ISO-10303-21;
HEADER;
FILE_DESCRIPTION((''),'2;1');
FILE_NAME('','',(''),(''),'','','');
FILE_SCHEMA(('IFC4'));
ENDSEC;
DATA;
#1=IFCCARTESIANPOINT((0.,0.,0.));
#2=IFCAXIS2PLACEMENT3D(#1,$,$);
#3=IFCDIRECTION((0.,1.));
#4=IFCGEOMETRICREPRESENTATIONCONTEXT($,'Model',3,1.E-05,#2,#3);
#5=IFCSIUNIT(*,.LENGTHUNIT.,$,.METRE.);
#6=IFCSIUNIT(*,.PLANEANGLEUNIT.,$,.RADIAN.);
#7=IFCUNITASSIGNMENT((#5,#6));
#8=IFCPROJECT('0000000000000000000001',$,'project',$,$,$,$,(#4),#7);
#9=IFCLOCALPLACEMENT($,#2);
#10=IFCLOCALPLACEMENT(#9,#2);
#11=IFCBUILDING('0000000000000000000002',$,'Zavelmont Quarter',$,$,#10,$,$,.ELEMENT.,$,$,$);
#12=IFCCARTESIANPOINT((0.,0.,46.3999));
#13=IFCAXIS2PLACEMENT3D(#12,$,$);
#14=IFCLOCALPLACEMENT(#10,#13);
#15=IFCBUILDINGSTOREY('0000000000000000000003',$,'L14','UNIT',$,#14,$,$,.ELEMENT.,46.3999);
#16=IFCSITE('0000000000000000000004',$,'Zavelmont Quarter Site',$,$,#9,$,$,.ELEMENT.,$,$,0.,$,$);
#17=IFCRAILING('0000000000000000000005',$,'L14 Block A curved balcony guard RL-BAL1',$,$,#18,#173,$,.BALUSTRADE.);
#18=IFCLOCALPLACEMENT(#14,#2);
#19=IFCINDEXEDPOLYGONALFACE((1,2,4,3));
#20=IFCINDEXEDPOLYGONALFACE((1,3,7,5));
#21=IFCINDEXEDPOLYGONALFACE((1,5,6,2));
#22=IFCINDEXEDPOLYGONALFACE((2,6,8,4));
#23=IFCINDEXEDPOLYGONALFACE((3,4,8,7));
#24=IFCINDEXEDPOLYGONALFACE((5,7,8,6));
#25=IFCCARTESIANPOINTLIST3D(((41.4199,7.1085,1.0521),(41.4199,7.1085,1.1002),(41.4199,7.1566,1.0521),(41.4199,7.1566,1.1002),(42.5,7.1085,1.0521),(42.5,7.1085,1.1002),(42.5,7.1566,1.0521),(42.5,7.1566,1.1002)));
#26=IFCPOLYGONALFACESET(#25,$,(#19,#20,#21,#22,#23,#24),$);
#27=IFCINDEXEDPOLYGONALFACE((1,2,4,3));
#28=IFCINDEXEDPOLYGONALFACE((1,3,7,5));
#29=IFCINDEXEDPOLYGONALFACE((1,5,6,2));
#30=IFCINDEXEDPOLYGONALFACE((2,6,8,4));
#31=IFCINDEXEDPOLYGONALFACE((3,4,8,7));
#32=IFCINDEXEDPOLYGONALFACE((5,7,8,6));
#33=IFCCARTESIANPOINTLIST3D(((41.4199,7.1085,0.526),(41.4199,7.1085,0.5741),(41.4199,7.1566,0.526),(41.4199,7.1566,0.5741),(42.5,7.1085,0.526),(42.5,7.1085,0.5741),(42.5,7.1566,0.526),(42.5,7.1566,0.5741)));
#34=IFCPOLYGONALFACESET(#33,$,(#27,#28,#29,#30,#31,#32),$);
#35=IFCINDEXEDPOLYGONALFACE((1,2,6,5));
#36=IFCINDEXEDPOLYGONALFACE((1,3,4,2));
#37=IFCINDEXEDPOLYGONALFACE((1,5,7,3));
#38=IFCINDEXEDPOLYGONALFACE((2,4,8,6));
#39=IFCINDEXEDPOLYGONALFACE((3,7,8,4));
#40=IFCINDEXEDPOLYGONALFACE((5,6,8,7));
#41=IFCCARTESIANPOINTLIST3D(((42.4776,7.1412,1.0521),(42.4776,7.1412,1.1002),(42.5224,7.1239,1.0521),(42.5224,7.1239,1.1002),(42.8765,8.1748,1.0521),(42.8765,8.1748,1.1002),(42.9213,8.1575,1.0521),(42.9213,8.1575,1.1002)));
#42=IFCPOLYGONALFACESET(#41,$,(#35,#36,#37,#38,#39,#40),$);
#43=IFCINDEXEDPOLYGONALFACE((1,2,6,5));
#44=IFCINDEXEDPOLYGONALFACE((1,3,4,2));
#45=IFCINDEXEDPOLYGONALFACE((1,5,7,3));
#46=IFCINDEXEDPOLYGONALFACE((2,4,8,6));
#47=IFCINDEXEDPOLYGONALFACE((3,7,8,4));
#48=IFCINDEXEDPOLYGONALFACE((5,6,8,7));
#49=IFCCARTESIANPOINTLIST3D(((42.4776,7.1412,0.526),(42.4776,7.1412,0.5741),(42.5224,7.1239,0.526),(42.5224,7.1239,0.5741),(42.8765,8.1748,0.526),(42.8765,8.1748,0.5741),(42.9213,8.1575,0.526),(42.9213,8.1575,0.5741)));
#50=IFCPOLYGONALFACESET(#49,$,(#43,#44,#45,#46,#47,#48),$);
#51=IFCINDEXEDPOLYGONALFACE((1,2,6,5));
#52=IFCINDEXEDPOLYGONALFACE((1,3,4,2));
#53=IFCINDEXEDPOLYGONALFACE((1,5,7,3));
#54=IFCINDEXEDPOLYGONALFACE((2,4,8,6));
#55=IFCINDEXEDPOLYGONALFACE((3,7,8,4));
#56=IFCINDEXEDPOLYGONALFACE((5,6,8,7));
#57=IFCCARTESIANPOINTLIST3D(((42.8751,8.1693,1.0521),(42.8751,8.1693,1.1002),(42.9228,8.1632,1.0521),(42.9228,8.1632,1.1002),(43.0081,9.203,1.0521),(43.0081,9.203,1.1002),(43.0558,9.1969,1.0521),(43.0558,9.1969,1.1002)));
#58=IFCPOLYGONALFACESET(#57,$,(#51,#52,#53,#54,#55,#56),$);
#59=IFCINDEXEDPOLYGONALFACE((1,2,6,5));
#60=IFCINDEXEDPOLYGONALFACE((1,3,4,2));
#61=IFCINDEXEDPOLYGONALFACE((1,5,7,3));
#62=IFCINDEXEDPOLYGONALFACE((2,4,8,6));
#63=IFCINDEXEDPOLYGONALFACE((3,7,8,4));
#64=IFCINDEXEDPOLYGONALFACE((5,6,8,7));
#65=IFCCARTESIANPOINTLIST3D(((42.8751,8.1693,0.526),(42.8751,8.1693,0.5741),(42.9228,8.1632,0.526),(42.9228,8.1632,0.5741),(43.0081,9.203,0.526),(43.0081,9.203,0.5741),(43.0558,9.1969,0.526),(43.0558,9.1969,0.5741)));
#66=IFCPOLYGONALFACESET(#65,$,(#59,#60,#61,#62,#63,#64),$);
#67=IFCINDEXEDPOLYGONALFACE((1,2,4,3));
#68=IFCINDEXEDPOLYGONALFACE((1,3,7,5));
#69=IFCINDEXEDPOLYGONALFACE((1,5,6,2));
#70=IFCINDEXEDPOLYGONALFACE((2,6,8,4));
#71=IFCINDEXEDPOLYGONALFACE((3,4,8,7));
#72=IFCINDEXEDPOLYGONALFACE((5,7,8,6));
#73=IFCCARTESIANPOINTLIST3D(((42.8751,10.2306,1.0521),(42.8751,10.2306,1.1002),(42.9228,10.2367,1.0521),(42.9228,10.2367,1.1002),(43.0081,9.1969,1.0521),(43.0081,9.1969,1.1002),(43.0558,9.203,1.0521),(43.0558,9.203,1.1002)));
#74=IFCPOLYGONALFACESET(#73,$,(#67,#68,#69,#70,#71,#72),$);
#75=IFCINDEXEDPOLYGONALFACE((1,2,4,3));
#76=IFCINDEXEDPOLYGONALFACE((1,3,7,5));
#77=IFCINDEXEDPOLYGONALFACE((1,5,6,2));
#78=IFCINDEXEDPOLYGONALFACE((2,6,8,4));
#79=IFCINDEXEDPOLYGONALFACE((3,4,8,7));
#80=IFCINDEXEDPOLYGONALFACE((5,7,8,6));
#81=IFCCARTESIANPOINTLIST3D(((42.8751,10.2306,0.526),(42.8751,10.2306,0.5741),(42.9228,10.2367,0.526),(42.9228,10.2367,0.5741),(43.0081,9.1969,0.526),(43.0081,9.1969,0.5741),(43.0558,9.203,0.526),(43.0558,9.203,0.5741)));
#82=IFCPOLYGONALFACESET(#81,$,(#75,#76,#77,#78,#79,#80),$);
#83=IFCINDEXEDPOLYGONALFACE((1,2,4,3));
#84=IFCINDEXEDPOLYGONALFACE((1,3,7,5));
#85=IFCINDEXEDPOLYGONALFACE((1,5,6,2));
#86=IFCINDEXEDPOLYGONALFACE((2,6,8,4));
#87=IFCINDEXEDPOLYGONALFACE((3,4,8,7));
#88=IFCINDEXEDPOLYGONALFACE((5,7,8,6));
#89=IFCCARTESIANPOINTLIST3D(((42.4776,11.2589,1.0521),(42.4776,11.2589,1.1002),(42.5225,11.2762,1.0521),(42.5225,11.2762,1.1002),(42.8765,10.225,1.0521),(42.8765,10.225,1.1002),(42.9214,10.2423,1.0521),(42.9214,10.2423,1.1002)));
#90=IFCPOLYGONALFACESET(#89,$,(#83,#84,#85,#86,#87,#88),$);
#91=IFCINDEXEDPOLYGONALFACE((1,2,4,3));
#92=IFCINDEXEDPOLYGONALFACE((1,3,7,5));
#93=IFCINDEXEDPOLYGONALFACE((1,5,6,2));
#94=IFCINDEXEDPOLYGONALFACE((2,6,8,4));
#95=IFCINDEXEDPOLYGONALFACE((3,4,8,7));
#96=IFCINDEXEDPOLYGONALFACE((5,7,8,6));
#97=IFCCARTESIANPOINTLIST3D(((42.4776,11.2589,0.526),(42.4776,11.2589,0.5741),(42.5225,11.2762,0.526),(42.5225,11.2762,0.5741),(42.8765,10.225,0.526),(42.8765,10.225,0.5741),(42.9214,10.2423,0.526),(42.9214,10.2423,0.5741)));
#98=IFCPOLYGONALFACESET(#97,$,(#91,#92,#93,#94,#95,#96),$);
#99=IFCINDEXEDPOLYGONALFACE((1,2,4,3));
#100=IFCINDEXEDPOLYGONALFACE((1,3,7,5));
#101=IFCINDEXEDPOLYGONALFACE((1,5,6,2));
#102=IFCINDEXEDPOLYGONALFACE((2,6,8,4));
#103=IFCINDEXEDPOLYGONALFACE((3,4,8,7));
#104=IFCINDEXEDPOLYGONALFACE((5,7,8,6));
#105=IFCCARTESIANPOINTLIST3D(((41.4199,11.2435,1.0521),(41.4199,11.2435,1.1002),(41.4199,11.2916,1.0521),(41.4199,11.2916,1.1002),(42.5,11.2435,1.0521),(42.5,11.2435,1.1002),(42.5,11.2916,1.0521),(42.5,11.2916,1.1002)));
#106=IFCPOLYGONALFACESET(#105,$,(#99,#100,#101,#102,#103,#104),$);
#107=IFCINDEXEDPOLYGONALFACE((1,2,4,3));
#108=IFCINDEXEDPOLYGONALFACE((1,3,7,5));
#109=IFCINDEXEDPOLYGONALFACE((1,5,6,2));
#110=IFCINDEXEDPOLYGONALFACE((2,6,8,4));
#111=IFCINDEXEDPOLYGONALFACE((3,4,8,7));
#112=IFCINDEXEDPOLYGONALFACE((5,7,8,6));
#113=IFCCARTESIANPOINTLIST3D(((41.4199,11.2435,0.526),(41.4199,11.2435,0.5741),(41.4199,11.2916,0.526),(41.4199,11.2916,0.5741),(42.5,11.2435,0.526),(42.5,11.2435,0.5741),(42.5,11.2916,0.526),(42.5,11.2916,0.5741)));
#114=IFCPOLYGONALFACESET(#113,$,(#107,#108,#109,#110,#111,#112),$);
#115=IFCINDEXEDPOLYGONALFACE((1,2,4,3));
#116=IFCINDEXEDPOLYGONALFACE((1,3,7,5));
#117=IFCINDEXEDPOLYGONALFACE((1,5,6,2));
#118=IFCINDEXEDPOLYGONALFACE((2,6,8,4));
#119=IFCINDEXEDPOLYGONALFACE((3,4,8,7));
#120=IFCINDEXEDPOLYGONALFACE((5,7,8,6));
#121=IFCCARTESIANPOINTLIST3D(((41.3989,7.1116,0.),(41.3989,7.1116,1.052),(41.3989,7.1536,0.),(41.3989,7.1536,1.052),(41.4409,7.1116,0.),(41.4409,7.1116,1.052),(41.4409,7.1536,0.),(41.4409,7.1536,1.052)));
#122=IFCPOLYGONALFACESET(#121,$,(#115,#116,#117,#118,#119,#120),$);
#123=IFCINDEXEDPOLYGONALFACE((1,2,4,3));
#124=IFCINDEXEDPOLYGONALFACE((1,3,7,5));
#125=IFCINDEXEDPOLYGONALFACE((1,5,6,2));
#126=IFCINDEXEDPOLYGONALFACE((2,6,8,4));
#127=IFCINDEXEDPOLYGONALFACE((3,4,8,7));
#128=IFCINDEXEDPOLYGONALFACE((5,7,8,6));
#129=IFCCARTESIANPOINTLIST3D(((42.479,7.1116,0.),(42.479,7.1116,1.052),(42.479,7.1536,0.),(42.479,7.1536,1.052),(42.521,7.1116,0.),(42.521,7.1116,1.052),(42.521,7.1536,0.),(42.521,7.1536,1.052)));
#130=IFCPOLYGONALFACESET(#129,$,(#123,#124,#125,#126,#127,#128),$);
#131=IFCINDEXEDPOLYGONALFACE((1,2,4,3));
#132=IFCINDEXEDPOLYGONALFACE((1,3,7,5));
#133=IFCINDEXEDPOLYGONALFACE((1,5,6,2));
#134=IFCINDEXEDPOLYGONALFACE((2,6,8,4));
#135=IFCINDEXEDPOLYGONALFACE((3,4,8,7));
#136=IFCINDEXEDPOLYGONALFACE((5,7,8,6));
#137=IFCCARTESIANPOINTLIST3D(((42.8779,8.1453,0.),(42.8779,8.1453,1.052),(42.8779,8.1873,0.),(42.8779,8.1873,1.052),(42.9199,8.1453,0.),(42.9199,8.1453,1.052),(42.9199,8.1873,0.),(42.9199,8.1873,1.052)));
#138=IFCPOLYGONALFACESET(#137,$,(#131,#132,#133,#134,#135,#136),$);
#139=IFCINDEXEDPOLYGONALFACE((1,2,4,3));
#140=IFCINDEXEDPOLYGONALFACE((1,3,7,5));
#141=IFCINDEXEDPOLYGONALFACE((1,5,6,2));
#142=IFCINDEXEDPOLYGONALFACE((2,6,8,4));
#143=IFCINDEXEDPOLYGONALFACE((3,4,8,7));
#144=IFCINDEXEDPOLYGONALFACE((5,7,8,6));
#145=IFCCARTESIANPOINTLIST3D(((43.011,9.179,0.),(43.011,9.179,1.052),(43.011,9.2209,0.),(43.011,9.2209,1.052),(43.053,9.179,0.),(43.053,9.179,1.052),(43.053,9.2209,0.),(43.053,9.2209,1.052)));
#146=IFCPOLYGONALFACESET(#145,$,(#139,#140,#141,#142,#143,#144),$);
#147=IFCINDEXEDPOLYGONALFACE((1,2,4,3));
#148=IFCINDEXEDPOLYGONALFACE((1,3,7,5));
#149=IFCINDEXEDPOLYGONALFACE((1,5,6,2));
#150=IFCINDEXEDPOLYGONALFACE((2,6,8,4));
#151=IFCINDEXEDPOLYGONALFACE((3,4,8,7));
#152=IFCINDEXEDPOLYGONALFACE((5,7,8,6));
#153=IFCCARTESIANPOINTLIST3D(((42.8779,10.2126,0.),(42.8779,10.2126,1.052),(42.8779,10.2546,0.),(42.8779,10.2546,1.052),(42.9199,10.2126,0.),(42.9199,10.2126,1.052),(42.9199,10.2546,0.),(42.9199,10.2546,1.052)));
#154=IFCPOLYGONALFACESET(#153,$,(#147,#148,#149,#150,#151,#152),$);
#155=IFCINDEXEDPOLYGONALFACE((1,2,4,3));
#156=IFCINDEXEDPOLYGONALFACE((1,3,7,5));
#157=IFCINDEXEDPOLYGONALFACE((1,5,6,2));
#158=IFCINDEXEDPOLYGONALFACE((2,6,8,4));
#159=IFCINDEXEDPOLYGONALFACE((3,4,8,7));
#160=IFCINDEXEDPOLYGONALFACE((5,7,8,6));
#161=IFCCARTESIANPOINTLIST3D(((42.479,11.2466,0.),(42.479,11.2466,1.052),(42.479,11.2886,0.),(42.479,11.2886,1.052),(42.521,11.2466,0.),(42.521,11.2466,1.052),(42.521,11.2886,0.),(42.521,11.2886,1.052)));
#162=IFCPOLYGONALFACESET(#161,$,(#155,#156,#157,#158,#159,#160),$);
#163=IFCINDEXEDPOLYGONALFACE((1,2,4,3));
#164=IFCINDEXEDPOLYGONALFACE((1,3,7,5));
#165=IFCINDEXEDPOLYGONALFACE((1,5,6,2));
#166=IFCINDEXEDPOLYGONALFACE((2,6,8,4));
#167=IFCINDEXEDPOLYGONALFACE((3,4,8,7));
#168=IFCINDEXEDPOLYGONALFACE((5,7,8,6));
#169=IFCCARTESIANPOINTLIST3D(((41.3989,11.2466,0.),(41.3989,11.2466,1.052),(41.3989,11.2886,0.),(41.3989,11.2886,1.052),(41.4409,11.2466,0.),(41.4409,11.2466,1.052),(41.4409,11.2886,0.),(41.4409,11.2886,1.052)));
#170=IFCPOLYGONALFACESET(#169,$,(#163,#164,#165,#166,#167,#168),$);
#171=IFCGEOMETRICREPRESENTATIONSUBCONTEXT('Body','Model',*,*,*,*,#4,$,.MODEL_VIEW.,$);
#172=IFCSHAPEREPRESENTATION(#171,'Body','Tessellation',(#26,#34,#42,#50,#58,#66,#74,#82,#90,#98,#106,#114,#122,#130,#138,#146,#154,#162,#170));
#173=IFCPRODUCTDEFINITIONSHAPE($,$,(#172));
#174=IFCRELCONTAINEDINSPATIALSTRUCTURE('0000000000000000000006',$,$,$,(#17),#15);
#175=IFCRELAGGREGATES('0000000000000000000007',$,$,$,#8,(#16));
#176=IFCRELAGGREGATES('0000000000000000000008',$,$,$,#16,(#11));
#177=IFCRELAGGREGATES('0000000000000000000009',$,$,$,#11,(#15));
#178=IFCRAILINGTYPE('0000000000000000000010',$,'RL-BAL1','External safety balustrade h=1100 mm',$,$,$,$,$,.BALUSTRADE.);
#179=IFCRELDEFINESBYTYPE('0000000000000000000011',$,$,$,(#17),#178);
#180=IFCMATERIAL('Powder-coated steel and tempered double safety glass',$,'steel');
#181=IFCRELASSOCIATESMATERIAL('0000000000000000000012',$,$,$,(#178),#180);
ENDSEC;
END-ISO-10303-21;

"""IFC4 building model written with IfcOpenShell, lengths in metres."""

from ifc_helpers import new_model, si_unit, direction, frame, origin, origin_2d, place, context, subcontext, project, spatial, rectangle, extrude, material, type_object, element, save


model = new_model("IFC4")

# Units and contexts
model_context = context("Model", 3, precision=1e-05, world=origin(), true_north=direction((0.0, 1.0)))
body_context = subcontext(model_context, "Body", "Model", "MODEL_VIEW")
ifc_project = project(units=[si_unit("LENGTHUNIT", "METRE"), si_unit("PLANEANGLEUNIT", "RADIAN")], contexts=[model_context])

# Site, building, storey
site_placement = place(None, origin())
site = spatial("IfcSite", under=ifc_project, at=site_placement, Name="Zavelmont Quarter Site", CompositionType="ELEMENT", RefElevation=0.0)
building_placement = place(site_placement, origin())
building = spatial("IfcBuilding", under=site, at=building_placement, Name="Zavelmont Quarter", CompositionType="ELEMENT")
storey_placement = place(building_placement, frame((0.0, 0.0, 46.3999)))
storey = spatial("IfcBuildingStorey", under=building, at=storey_placement, Name="L14", Description="UNIT", CompositionType="ELEMENT", Elevation=46.3999)

# Railing
ifc_material_1 = material(Name="Powder-coated steel and tempered double safety glass", Category="steel")
railing_type = type_object("IfcRailingType", Name="RL-BAL1", Description="External safety balustrade h=1100 mm", PredefinedType="BALUSTRADE", material=ifc_material_1)
railing_placement = place(storey_placement, frame((41.4199, 7.1326, 0.0)))
element("IfcRailing", 1, at=railing_placement, inside=storey, type_object=railing_type, Name="L14 Block A curved balcony guard RL-BAL1", PredefinedType="BALUSTRADE", context=body_context, shape_type="SweptSolid", body=[
    extrude(rectangle(XDim=0.0481, YDim=0.0481, at=origin_2d()), frame((0.0, 0.0, 1.0762), z_axis=(1.0, 0.0, 0.0), x_axis=(0.0, 1.0, 0.0)), (0.0, 0.0, 1.0), 1.0801),
    extrude(rectangle(XDim=0.0481, YDim=0.0481, at=origin_2d()), frame((0.0, 0.0, 0.55), z_axis=(1.0, 0.0, 0.0), x_axis=(0.0, 1.0, 0.0)), (0.0, 0.0, 1.0), 1.0801),
    extrude(rectangle(XDim=0.0481, YDim=0.0481, at=origin_2d()), frame((1.0801, 0.0, 1.0762), z_axis=(0.360042, 0.932936, 0.0), x_axis=(-0.932936, 0.360042, 0.0)), (0.0, 0.0, 1.0), 1.1079),
    extrude(rectangle(XDim=0.0481, YDim=0.0481, at=origin_2d()), frame((1.0801, 0.0, 0.55), z_axis=(0.360042, 0.932936, 0.0), x_axis=(-0.932936, 0.360042, 0.0)), (0.0, 0.0, 1.0), 1.1079),
    extrude(rectangle(XDim=0.0481, YDim=0.0481, at=origin_2d()), frame((1.479, 1.0337, 1.0762), z_axis=(0.127667, 0.991817, 0.0), x_axis=(-0.991817, 0.127667, 0.0)), (0.0, 0.0, 1.0), 1.0422),
    extrude(rectangle(XDim=0.0481, YDim=0.0481, at=origin_2d()), frame((1.479, 1.0337, 0.55), z_axis=(0.127667, 0.991817, 0.0), x_axis=(-0.991817, 0.127667, 0.0)), (0.0, 0.0, 1.0), 1.0422),
    extrude(rectangle(XDim=0.0481, YDim=0.0481, at=origin_2d()), frame((1.6121, 2.0674, 1.0762), z_axis=(-0.127667, 0.991817, 0.0), x_axis=(-0.991817, -0.127667, 0.0)), (0.0, 0.0, 1.0), 1.0422),
    extrude(rectangle(XDim=0.0481, YDim=0.0481, at=origin_2d()), frame((1.6121, 2.0674, 0.55), z_axis=(-0.127667, 0.991817, 0.0), x_axis=(-0.991817, -0.127667, 0.0)), (0.0, 0.0, 1.0), 1.0422),
    extrude(rectangle(XDim=0.0481, YDim=0.0481, at=origin_2d()), frame((1.479, 3.1011, 1.0762), z_axis=(-0.359968, 0.932965, 0.0), x_axis=(-0.932965, -0.359968, 0.0)), (0.0, 0.0, 1.0), 1.1082),
    extrude(rectangle(XDim=0.0481, YDim=0.0481, at=origin_2d()), frame((1.479, 3.1011, 0.55), z_axis=(-0.359968, 0.932965, 0.0), x_axis=(-0.932965, -0.359968, 0.0)), (0.0, 0.0, 1.0), 1.1082),
    extrude(rectangle(XDim=0.0481, YDim=0.0481, at=origin_2d()), frame((1.0801, 4.135, 1.0762), z_axis=(-1.0, 0.0, 0.0), x_axis=(0.0, -1.0, 0.0)), (0.0, 0.0, 1.0), 1.0801),
    extrude(rectangle(XDim=0.0481, YDim=0.0481, at=origin_2d()), frame((1.0801, 4.135, 0.55), z_axis=(-1.0, 0.0, 0.0), x_axis=(0.0, -1.0, 0.0)), (0.0, 0.0, 1.0), 1.0801),
    extrude(rectangle(XDim=0.042, YDim=0.042, at=origin_2d()), origin(), (0.0, 0.0, 1.0), 1.052),
    extrude(rectangle(XDim=0.042, YDim=0.042, at=origin_2d()), frame((1.0801, 0.0, 0.0)), (0.0, 0.0, 1.0), 1.052),
    extrude(rectangle(XDim=0.042, YDim=0.042, at=origin_2d()), frame((1.479, 1.0337, 0.0)), (0.0, 0.0, 1.0), 1.052),
    extrude(rectangle(XDim=0.042, YDim=0.042, at=origin_2d()), frame((1.6121, 2.0674, 0.0)), (0.0, 0.0, 1.0), 1.052),
    extrude(rectangle(XDim=0.042, YDim=0.042, at=origin_2d()), frame((1.479, 3.1011, 0.0)), (0.0, 0.0, 1.0), 1.052),
    extrude(rectangle(XDim=0.042, YDim=0.042, at=origin_2d()), frame((1.0801, 4.135, 0.0)), (0.0, 0.0, 1.0), 1.052),
    extrude(rectangle(XDim=0.042, YDim=0.042, at=origin_2d()), frame((0.0, 4.135, 0.0)), (0.0, 0.0, 1.0), 1.052),
])

save(model, "model.ifc")
